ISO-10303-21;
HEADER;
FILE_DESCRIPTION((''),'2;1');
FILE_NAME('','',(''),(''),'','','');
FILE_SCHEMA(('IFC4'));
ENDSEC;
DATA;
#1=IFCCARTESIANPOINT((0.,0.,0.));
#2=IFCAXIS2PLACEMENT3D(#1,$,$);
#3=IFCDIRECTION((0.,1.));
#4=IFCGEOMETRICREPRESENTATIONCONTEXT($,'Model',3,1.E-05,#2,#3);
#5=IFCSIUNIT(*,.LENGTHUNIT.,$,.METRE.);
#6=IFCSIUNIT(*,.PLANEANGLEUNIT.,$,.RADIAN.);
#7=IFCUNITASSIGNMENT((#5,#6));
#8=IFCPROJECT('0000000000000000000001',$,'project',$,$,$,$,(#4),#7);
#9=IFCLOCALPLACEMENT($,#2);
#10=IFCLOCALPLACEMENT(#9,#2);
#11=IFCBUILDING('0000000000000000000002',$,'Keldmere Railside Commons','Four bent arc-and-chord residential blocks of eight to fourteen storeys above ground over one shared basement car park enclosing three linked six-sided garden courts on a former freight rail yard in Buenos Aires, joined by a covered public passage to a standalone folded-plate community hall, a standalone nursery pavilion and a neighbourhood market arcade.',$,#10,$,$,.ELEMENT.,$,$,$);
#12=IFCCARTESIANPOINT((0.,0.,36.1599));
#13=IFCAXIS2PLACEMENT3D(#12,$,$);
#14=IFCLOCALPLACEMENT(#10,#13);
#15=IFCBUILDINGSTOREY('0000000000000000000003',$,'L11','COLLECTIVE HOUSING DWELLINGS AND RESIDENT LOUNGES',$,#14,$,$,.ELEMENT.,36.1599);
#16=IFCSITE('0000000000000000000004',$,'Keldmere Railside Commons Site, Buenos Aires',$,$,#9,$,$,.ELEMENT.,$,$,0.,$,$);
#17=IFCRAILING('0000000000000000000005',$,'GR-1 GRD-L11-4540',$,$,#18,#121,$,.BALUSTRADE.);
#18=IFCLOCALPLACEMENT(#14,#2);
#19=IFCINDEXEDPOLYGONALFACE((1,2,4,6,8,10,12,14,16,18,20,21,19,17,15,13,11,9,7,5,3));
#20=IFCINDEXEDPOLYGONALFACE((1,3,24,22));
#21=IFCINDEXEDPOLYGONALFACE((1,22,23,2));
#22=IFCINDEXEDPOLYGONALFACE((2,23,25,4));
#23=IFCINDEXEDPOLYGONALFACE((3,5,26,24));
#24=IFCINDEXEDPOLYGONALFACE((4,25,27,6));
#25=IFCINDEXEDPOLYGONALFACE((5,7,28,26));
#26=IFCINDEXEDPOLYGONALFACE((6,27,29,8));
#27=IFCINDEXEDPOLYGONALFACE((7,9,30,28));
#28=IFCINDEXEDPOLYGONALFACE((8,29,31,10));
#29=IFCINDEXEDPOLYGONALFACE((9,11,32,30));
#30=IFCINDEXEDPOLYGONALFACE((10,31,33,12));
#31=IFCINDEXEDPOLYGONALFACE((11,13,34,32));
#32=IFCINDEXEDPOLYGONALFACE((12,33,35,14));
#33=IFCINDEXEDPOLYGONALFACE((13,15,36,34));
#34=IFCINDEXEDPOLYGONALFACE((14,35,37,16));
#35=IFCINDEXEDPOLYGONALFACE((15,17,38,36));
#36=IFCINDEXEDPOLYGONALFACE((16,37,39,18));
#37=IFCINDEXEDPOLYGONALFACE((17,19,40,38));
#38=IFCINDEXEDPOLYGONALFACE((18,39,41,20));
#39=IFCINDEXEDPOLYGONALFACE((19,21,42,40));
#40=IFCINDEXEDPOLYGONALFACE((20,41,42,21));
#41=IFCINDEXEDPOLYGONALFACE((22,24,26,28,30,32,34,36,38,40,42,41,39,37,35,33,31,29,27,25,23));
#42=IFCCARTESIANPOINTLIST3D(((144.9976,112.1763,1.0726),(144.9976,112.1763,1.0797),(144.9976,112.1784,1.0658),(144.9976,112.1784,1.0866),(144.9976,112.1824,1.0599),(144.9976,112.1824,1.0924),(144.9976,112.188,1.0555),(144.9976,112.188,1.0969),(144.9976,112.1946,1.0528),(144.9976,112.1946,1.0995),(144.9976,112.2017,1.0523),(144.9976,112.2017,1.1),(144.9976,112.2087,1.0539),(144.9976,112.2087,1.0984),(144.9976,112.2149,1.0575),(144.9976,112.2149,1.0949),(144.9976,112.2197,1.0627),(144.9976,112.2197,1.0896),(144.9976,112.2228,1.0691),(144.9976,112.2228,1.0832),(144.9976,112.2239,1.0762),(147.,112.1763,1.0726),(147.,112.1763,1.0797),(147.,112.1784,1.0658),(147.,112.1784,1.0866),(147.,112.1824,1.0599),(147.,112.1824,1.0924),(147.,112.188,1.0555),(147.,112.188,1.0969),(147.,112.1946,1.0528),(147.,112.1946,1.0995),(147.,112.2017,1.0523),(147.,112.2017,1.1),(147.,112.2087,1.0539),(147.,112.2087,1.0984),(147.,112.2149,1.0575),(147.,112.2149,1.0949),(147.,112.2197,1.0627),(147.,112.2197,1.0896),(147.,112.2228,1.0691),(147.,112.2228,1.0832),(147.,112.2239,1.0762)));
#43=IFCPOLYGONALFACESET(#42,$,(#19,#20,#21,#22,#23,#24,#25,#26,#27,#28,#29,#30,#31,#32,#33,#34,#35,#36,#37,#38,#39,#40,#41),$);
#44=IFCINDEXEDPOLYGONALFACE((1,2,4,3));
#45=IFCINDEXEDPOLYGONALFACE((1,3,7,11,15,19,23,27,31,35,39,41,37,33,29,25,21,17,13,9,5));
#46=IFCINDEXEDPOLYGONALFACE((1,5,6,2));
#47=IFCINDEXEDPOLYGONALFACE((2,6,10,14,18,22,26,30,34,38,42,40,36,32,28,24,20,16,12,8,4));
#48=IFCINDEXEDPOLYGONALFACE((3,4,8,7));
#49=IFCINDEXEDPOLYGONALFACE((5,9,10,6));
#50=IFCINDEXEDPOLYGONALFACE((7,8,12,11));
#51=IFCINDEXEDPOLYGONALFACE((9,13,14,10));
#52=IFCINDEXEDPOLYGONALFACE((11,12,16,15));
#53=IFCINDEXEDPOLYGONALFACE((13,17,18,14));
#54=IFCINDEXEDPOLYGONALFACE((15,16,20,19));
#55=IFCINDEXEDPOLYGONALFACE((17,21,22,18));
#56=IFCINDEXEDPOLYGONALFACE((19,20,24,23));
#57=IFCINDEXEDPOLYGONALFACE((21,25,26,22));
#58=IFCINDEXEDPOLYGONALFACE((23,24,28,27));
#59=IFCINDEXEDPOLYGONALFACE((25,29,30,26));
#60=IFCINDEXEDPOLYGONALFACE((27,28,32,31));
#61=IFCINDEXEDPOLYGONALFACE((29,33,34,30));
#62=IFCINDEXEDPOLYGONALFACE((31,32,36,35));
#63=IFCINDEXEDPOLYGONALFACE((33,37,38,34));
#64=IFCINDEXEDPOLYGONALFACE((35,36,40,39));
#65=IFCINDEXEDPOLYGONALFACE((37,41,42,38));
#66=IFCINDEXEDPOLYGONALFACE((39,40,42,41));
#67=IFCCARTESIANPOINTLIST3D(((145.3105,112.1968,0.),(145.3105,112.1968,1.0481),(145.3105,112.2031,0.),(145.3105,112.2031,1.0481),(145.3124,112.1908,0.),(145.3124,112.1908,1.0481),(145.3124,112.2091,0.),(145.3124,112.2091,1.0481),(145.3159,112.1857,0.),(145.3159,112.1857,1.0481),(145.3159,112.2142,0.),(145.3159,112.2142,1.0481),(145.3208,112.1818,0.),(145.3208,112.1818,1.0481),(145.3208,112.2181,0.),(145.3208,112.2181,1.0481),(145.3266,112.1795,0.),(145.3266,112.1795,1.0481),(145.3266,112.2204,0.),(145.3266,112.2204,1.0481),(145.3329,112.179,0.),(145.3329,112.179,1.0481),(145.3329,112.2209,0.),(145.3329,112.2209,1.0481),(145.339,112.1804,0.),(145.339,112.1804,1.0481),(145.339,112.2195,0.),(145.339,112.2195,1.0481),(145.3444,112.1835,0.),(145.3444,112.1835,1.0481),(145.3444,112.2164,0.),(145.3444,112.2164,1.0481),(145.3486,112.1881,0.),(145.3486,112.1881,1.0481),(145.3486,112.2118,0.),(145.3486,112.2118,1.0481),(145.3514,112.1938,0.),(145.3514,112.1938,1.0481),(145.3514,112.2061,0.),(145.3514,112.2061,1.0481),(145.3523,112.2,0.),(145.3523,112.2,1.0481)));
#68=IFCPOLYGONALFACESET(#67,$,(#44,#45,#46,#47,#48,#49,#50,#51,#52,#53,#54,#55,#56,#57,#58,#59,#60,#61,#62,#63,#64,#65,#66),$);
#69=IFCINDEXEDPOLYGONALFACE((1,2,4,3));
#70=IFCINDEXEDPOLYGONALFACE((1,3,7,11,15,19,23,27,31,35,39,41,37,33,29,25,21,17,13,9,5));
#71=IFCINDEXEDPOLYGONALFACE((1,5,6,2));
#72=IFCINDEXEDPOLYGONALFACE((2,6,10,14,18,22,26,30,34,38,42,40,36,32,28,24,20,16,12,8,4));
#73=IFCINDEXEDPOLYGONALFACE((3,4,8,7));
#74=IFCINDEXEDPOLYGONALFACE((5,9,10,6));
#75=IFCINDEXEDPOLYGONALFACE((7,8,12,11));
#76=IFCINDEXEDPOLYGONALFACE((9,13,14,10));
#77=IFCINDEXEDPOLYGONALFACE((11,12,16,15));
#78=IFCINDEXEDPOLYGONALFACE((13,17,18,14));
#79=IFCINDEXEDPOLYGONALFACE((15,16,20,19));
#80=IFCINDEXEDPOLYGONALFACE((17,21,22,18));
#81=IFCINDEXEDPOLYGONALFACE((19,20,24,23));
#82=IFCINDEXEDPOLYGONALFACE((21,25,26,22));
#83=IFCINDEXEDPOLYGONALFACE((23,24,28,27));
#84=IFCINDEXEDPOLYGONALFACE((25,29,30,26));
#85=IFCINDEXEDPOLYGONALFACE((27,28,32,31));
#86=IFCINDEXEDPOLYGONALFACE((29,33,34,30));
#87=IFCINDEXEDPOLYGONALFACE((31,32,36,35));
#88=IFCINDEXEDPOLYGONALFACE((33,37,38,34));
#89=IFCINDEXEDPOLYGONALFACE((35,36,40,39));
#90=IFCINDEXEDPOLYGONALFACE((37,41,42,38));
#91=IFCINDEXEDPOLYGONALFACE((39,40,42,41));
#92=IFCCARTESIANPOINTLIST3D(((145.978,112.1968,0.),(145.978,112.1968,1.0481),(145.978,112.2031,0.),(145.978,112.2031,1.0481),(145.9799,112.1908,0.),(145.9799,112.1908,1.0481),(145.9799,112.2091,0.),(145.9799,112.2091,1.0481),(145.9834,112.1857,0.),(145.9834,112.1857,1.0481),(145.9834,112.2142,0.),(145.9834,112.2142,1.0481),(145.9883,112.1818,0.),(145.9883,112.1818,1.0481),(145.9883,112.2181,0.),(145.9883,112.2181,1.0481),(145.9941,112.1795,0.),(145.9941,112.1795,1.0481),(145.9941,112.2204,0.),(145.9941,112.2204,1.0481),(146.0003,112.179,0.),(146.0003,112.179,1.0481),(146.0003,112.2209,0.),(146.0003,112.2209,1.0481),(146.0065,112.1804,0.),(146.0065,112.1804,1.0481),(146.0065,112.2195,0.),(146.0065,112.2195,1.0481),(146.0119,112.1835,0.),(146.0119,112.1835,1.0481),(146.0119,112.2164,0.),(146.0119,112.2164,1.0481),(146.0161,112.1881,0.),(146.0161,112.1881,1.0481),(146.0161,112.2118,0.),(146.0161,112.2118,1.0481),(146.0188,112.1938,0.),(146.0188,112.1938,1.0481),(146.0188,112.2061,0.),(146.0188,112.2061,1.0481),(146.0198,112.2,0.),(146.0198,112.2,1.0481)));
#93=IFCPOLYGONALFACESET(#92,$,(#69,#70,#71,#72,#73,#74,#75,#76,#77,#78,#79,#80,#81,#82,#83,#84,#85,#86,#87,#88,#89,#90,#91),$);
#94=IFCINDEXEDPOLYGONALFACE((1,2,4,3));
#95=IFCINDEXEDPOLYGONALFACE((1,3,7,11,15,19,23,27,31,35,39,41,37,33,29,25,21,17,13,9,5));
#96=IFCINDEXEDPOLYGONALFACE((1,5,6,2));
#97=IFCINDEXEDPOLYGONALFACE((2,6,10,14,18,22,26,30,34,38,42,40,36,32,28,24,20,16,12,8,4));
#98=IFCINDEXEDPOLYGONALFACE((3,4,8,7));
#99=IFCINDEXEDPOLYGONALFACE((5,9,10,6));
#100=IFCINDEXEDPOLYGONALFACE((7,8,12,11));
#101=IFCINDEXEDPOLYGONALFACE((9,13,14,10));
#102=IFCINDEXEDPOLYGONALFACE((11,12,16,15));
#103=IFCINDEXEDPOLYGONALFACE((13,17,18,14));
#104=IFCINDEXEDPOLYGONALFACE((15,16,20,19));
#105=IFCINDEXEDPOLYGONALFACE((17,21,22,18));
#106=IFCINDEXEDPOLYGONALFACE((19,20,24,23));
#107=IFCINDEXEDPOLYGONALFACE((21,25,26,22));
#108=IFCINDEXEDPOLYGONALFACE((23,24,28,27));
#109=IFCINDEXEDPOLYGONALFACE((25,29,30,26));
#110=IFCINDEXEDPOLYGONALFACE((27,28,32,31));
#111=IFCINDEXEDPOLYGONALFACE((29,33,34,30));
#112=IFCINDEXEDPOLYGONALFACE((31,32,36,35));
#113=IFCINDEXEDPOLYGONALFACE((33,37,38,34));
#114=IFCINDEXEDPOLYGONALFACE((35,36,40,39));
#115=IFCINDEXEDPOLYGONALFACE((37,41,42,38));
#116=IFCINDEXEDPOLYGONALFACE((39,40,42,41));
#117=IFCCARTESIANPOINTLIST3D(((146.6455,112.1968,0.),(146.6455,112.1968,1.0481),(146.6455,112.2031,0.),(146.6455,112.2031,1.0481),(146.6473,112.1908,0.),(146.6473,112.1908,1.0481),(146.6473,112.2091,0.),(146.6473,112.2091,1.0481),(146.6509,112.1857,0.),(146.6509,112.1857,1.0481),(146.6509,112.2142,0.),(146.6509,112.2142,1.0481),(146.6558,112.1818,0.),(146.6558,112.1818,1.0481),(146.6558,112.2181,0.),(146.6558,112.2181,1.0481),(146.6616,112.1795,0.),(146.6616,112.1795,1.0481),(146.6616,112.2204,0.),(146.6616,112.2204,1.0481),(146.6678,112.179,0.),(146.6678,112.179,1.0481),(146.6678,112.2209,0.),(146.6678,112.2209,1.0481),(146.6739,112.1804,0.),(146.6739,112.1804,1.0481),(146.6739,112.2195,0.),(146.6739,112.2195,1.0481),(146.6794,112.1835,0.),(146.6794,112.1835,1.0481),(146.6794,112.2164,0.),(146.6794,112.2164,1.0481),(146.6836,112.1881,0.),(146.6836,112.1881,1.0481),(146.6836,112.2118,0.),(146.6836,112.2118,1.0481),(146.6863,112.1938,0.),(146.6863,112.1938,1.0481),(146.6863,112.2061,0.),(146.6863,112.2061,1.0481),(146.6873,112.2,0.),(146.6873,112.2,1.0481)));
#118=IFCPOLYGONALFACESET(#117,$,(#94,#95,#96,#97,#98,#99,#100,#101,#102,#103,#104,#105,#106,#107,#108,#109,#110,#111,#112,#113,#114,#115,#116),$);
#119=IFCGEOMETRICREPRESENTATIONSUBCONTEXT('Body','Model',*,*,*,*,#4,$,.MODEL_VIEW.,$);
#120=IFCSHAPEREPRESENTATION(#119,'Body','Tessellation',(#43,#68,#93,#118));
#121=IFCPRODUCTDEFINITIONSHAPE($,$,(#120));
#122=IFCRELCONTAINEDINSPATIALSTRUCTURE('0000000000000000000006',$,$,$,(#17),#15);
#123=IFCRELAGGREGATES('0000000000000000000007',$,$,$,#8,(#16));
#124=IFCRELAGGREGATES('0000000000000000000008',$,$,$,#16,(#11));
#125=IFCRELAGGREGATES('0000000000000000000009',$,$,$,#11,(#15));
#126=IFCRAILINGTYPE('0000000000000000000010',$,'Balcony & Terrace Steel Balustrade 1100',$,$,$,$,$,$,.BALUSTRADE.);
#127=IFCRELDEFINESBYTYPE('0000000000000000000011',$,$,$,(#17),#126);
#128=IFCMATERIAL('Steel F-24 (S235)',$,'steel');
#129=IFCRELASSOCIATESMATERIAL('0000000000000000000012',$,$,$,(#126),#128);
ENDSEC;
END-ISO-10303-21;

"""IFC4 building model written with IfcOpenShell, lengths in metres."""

from ifc_helpers import new_model, si_unit, direction, frame, origin, origin_2d, place, context, subcontext, project, spatial, circle, extrude, material, type_object, element, save


model = new_model("IFC4")

# Units and contexts
model_context = context("Model", 3, precision=1e-05, world=origin(), true_north=direction((0.0, 1.0)))
body_context = subcontext(model_context, "Body", "Model", "MODEL_VIEW")
ifc_project = project(units=[si_unit("LENGTHUNIT", "METRE"), si_unit("PLANEANGLEUNIT", "RADIAN")], contexts=[model_context])

# Site, building, storey
site_placement = place(None, origin())
site = spatial("IfcSite", under=ifc_project, at=site_placement, Name="Keldmere Railside Commons Site, Buenos Aires", CompositionType="ELEMENT", RefElevation=0.0)
building_placement = place(site_placement, origin())
building = spatial("IfcBuilding", under=site, at=building_placement, Name="Keldmere Railside Commons", Description="Four bent arc-and-chord residential blocks of eight to fourteen storeys above ground over one shared basement car park enclosing three linked six-sided garden courts on a former freight rail yard in Buenos Aires, joined by a covered public passage to a standalone folded-plate community hall, a standalone nursery pavilion and a neighbourhood market arcade.", CompositionType="ELEMENT")
storey_placement = place(building_placement, frame((0.0, 0.0, 36.1599)))
storey = spatial("IfcBuildingStorey", under=building, at=storey_placement, Name="L11", Description="COLLECTIVE HOUSING DWELLINGS AND RESIDENT LOUNGES", CompositionType="ELEMENT", Elevation=36.1599)

# Railing
ifc_material_1 = material(Name="Steel F-24 (S235)", Category="steel")
railing_type = type_object("IfcRailingType", Name="Balcony & Terrace Steel Balustrade 1100", PredefinedType="BALUSTRADE", material=ifc_material_1)
railing_1_placement = place(storey_placement, frame((144.9976, 112.2, 0.0)))
element("IfcRailing", 1, at=railing_1_placement, inside=storey, type_object=railing_type, Name="GR-1 GRD-L11-4540", PredefinedType="BALUSTRADE", context=body_context, shape_type="SweptSolid", body=[
    extrude(circle(Radius=0.0239, at=origin_2d()), frame((0.0, 0.0, 1.0762), z_axis=(1.0, 0.0, 0.0), x_axis=(0.0, 1.0, 0.0)), (0.0, 0.0, 1.0), 2.0024),
    extrude(circle(Radius=0.021, at=origin_2d()), frame((0.3337, 0.0, 0.0)), (0.0, 0.0, 1.0), 1.0481),
    extrude(circle(Radius=0.021, at=origin_2d()), frame((1.0012, 0.0, 0.0)), (0.0, 0.0, 1.0), 1.0481),
    extrude(circle(Radius=0.021, at=origin_2d()), frame((1.6687, 0.0, 0.0)), (0.0, 0.0, 1.0), 1.0481),
])

save(model, "model.ifc")
